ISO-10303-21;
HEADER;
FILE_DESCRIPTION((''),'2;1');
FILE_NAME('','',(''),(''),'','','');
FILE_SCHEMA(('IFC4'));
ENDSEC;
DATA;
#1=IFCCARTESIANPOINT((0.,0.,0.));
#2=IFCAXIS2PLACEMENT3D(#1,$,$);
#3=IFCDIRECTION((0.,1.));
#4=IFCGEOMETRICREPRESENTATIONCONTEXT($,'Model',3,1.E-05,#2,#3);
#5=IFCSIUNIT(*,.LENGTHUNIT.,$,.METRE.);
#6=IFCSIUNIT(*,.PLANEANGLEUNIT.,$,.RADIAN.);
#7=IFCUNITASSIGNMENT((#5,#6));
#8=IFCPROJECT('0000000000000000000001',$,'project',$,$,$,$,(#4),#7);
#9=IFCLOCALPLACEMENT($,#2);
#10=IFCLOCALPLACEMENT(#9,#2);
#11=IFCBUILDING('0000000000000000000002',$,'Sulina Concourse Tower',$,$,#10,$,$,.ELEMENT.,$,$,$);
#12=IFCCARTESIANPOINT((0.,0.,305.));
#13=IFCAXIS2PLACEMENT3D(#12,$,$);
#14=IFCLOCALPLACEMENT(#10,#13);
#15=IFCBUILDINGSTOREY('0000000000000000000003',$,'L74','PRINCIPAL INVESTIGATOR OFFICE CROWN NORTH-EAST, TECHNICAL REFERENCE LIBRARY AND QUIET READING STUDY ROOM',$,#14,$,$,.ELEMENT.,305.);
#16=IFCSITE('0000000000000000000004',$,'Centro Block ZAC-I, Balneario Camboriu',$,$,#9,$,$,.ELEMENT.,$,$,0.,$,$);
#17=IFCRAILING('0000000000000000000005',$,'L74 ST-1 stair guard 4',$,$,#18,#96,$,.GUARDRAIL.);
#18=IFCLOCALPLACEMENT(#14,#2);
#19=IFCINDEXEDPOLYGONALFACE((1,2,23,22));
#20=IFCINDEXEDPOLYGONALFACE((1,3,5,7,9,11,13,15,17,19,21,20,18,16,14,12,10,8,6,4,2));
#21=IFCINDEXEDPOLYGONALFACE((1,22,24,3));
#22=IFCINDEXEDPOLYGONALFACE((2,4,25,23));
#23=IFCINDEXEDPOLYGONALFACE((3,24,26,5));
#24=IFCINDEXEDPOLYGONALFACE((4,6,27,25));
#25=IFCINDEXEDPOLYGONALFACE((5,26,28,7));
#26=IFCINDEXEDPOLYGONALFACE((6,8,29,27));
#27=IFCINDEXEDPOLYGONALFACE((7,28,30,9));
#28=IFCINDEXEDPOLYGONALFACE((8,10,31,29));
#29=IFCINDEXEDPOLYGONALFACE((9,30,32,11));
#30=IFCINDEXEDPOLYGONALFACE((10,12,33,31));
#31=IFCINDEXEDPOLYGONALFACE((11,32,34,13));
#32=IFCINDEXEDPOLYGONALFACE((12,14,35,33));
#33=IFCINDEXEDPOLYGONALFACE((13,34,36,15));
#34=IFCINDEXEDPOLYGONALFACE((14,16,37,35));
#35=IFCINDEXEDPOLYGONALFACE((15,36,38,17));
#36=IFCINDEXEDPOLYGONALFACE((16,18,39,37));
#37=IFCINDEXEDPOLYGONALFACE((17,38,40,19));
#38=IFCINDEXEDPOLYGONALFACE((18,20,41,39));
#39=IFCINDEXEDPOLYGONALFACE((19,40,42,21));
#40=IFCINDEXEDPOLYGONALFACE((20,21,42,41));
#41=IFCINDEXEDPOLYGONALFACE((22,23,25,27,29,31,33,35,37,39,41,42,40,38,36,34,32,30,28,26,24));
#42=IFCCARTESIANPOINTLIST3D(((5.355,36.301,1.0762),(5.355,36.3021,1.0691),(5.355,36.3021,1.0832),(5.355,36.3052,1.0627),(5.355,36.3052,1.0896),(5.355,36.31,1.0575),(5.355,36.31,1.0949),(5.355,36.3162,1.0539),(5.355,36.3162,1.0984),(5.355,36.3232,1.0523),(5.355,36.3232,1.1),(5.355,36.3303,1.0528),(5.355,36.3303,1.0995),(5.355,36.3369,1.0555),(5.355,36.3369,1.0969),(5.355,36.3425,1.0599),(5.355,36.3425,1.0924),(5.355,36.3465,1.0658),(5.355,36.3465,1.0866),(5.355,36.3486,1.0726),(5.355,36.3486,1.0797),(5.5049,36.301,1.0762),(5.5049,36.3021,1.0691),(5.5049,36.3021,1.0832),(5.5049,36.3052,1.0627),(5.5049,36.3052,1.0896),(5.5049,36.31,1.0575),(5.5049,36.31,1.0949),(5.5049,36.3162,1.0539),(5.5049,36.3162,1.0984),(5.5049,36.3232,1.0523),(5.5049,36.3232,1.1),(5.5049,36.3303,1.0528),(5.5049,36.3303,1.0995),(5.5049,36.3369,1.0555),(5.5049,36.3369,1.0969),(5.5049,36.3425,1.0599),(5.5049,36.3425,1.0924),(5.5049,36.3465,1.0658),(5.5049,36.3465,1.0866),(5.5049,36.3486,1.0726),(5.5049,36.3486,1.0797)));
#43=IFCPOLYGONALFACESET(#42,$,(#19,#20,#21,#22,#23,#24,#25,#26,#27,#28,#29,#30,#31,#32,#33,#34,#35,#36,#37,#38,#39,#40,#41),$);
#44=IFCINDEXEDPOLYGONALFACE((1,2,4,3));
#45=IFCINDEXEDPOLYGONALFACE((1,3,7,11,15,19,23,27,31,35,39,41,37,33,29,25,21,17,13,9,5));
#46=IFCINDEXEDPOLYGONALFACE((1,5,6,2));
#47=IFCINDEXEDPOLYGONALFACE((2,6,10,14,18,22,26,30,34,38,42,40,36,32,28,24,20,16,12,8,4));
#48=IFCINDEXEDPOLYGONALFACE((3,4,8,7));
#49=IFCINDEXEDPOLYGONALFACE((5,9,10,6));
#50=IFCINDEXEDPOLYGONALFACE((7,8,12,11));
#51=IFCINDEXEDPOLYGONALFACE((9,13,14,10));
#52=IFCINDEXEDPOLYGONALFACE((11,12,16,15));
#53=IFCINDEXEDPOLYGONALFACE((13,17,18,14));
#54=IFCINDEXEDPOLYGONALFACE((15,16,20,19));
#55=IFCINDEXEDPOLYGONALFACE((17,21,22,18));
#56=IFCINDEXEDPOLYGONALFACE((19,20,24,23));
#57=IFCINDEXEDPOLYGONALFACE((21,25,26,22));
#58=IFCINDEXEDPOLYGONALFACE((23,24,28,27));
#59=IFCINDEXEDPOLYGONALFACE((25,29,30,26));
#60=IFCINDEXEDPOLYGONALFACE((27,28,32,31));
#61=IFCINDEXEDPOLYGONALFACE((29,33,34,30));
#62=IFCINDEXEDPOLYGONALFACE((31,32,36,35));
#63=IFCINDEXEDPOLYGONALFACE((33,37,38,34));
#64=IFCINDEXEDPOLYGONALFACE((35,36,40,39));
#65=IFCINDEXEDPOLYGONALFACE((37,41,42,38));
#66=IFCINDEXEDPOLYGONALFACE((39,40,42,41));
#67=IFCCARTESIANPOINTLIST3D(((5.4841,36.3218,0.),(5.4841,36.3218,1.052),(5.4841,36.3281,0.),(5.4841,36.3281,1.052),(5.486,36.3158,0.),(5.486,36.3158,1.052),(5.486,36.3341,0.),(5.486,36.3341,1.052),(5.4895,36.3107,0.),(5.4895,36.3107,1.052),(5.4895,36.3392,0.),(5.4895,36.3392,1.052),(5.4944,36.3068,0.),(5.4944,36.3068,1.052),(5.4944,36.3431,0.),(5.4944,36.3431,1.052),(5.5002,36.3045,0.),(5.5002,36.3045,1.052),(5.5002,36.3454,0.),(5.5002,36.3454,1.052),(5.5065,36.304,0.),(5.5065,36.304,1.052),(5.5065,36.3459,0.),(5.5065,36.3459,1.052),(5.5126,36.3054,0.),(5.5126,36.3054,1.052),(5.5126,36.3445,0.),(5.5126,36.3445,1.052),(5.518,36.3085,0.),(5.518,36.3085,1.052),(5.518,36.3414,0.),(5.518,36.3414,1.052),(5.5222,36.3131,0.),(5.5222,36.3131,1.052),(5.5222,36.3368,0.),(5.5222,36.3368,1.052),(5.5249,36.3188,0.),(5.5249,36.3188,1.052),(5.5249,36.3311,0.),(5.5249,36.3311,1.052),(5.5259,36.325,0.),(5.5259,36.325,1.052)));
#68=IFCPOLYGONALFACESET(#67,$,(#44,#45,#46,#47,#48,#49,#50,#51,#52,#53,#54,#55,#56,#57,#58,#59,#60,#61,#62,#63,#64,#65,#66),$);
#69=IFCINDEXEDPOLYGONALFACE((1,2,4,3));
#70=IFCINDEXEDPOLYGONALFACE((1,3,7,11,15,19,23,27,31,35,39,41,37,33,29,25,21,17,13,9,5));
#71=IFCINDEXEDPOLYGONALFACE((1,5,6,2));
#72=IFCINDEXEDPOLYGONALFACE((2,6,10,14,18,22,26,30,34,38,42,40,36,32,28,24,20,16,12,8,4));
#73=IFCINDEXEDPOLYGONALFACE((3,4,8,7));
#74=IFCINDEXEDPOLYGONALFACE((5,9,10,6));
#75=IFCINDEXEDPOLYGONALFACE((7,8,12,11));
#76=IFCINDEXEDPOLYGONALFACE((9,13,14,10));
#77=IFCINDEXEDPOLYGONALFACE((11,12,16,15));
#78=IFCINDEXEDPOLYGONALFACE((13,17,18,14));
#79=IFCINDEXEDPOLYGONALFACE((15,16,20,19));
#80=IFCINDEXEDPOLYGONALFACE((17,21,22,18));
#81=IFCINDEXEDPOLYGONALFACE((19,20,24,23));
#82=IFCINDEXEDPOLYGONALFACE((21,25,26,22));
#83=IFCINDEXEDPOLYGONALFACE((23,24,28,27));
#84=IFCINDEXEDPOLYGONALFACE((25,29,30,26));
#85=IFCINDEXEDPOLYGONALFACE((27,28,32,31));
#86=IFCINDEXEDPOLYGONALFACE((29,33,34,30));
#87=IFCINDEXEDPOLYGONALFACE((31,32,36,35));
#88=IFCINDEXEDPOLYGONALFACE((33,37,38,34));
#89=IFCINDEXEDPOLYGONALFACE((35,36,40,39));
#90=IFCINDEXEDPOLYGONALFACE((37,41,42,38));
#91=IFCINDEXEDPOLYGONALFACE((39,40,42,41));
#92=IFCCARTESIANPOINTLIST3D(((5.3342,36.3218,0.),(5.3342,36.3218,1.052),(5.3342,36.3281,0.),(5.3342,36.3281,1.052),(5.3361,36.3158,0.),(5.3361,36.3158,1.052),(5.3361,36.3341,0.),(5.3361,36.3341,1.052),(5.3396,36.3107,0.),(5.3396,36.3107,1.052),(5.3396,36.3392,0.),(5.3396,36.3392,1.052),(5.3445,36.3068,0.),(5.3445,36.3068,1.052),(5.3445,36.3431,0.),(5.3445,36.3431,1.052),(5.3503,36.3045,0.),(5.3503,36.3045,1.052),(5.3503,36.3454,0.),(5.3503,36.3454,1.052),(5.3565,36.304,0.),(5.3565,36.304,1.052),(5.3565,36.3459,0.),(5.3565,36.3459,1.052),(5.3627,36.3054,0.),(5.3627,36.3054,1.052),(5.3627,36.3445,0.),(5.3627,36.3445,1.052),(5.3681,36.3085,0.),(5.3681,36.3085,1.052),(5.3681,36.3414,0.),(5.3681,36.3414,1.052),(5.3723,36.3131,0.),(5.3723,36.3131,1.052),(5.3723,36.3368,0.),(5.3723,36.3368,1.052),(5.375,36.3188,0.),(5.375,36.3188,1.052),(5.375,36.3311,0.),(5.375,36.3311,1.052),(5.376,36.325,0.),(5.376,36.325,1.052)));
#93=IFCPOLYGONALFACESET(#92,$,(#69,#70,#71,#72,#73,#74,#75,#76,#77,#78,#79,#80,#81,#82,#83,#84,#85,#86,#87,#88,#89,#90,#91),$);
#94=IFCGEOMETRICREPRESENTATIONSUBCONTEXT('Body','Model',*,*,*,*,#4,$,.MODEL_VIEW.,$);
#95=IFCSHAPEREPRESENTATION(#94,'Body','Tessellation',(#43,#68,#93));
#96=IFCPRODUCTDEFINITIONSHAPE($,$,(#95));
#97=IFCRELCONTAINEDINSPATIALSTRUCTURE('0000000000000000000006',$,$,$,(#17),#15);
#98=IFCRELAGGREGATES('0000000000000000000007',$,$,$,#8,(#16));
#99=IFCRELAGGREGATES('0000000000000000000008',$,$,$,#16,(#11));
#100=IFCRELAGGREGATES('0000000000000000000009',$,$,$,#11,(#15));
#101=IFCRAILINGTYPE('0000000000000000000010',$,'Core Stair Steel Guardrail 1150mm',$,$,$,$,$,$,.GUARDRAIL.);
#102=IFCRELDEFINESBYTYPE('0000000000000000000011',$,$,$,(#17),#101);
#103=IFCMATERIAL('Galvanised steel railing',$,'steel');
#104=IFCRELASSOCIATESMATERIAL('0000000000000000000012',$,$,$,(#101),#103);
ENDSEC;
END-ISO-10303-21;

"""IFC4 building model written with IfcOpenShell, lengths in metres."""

from ifc_helpers import new_model, si_unit, direction, frame, origin, origin_2d, place, context, subcontext, project, spatial, circle, extrude, material, type_object, element, save


model = new_model("IFC4")

# Units and contexts
model_context = context("Model", 3, precision=1e-05, world=origin(), true_north=direction((0.0, 1.0)))
body_context = subcontext(model_context, "Body", "Model", "MODEL_VIEW")
ifc_project = project(units=[si_unit("LENGTHUNIT", "METRE"), si_unit("PLANEANGLEUNIT", "RADIAN")], contexts=[model_context])

# Site, building, storey
site_placement = place(None, origin())
site = spatial("IfcSite", under=ifc_project, at=site_placement, Name="Centro Block ZAC-I, Balneario Camboriu", CompositionType="ELEMENT", RefElevation=0.0)
building_placement = place(site_placement, origin())
building = spatial("IfcBuilding", under=site, at=building_placement, Name="Sulina Concourse Tower", CompositionType="ELEMENT")
storey_placement = place(building_placement, frame((0.0, 0.0, 305.0)))
storey = spatial("IfcBuildingStorey", under=building, at=storey_placement, Name="L74", Description="PRINCIPAL INVESTIGATOR OFFICE CROWN NORTH-EAST, TECHNICAL REFERENCE LIBRARY AND QUIET READING STUDY ROOM", CompositionType="ELEMENT", Elevation=305.0)

# Railing
ifc_material_1 = material(Name="Galvanised steel railing", Category="steel")
railing_type_1 = type_object("IfcRailingType", Name="Core Stair Steel Guardrail 1150mm", PredefinedType="GUARDRAIL", material=ifc_material_1)
railing_1_placement = place(storey_placement, frame((5.5049, 36.325, 0.0)))
element("IfcRailing", 1, at=railing_1_placement, inside=storey, type_object=railing_type_1, Name="L74 ST-1 stair guard 4", PredefinedType="GUARDRAIL", context=body_context, shape_type="SweptSolid", body=[
    extrude(circle(Radius=0.0239, at=origin_2d()), frame((0.0, 0.0, 1.0762), z_axis=(-1.0, 0.0, 0.0), x_axis=(0.0, -1.0, 0.0)), (0.0, 0.0, 1.0), 0.1499),
    extrude(circle(Radius=0.021, at=origin_2d()), origin(), (0.0, 0.0, 1.0), 1.052),
    extrude(circle(Radius=0.021, at=origin_2d()), frame((-0.1499, 0.0, 0.0)), (0.0, 0.0, 1.0), 1.052),
])

save(model, "model.ifc")
